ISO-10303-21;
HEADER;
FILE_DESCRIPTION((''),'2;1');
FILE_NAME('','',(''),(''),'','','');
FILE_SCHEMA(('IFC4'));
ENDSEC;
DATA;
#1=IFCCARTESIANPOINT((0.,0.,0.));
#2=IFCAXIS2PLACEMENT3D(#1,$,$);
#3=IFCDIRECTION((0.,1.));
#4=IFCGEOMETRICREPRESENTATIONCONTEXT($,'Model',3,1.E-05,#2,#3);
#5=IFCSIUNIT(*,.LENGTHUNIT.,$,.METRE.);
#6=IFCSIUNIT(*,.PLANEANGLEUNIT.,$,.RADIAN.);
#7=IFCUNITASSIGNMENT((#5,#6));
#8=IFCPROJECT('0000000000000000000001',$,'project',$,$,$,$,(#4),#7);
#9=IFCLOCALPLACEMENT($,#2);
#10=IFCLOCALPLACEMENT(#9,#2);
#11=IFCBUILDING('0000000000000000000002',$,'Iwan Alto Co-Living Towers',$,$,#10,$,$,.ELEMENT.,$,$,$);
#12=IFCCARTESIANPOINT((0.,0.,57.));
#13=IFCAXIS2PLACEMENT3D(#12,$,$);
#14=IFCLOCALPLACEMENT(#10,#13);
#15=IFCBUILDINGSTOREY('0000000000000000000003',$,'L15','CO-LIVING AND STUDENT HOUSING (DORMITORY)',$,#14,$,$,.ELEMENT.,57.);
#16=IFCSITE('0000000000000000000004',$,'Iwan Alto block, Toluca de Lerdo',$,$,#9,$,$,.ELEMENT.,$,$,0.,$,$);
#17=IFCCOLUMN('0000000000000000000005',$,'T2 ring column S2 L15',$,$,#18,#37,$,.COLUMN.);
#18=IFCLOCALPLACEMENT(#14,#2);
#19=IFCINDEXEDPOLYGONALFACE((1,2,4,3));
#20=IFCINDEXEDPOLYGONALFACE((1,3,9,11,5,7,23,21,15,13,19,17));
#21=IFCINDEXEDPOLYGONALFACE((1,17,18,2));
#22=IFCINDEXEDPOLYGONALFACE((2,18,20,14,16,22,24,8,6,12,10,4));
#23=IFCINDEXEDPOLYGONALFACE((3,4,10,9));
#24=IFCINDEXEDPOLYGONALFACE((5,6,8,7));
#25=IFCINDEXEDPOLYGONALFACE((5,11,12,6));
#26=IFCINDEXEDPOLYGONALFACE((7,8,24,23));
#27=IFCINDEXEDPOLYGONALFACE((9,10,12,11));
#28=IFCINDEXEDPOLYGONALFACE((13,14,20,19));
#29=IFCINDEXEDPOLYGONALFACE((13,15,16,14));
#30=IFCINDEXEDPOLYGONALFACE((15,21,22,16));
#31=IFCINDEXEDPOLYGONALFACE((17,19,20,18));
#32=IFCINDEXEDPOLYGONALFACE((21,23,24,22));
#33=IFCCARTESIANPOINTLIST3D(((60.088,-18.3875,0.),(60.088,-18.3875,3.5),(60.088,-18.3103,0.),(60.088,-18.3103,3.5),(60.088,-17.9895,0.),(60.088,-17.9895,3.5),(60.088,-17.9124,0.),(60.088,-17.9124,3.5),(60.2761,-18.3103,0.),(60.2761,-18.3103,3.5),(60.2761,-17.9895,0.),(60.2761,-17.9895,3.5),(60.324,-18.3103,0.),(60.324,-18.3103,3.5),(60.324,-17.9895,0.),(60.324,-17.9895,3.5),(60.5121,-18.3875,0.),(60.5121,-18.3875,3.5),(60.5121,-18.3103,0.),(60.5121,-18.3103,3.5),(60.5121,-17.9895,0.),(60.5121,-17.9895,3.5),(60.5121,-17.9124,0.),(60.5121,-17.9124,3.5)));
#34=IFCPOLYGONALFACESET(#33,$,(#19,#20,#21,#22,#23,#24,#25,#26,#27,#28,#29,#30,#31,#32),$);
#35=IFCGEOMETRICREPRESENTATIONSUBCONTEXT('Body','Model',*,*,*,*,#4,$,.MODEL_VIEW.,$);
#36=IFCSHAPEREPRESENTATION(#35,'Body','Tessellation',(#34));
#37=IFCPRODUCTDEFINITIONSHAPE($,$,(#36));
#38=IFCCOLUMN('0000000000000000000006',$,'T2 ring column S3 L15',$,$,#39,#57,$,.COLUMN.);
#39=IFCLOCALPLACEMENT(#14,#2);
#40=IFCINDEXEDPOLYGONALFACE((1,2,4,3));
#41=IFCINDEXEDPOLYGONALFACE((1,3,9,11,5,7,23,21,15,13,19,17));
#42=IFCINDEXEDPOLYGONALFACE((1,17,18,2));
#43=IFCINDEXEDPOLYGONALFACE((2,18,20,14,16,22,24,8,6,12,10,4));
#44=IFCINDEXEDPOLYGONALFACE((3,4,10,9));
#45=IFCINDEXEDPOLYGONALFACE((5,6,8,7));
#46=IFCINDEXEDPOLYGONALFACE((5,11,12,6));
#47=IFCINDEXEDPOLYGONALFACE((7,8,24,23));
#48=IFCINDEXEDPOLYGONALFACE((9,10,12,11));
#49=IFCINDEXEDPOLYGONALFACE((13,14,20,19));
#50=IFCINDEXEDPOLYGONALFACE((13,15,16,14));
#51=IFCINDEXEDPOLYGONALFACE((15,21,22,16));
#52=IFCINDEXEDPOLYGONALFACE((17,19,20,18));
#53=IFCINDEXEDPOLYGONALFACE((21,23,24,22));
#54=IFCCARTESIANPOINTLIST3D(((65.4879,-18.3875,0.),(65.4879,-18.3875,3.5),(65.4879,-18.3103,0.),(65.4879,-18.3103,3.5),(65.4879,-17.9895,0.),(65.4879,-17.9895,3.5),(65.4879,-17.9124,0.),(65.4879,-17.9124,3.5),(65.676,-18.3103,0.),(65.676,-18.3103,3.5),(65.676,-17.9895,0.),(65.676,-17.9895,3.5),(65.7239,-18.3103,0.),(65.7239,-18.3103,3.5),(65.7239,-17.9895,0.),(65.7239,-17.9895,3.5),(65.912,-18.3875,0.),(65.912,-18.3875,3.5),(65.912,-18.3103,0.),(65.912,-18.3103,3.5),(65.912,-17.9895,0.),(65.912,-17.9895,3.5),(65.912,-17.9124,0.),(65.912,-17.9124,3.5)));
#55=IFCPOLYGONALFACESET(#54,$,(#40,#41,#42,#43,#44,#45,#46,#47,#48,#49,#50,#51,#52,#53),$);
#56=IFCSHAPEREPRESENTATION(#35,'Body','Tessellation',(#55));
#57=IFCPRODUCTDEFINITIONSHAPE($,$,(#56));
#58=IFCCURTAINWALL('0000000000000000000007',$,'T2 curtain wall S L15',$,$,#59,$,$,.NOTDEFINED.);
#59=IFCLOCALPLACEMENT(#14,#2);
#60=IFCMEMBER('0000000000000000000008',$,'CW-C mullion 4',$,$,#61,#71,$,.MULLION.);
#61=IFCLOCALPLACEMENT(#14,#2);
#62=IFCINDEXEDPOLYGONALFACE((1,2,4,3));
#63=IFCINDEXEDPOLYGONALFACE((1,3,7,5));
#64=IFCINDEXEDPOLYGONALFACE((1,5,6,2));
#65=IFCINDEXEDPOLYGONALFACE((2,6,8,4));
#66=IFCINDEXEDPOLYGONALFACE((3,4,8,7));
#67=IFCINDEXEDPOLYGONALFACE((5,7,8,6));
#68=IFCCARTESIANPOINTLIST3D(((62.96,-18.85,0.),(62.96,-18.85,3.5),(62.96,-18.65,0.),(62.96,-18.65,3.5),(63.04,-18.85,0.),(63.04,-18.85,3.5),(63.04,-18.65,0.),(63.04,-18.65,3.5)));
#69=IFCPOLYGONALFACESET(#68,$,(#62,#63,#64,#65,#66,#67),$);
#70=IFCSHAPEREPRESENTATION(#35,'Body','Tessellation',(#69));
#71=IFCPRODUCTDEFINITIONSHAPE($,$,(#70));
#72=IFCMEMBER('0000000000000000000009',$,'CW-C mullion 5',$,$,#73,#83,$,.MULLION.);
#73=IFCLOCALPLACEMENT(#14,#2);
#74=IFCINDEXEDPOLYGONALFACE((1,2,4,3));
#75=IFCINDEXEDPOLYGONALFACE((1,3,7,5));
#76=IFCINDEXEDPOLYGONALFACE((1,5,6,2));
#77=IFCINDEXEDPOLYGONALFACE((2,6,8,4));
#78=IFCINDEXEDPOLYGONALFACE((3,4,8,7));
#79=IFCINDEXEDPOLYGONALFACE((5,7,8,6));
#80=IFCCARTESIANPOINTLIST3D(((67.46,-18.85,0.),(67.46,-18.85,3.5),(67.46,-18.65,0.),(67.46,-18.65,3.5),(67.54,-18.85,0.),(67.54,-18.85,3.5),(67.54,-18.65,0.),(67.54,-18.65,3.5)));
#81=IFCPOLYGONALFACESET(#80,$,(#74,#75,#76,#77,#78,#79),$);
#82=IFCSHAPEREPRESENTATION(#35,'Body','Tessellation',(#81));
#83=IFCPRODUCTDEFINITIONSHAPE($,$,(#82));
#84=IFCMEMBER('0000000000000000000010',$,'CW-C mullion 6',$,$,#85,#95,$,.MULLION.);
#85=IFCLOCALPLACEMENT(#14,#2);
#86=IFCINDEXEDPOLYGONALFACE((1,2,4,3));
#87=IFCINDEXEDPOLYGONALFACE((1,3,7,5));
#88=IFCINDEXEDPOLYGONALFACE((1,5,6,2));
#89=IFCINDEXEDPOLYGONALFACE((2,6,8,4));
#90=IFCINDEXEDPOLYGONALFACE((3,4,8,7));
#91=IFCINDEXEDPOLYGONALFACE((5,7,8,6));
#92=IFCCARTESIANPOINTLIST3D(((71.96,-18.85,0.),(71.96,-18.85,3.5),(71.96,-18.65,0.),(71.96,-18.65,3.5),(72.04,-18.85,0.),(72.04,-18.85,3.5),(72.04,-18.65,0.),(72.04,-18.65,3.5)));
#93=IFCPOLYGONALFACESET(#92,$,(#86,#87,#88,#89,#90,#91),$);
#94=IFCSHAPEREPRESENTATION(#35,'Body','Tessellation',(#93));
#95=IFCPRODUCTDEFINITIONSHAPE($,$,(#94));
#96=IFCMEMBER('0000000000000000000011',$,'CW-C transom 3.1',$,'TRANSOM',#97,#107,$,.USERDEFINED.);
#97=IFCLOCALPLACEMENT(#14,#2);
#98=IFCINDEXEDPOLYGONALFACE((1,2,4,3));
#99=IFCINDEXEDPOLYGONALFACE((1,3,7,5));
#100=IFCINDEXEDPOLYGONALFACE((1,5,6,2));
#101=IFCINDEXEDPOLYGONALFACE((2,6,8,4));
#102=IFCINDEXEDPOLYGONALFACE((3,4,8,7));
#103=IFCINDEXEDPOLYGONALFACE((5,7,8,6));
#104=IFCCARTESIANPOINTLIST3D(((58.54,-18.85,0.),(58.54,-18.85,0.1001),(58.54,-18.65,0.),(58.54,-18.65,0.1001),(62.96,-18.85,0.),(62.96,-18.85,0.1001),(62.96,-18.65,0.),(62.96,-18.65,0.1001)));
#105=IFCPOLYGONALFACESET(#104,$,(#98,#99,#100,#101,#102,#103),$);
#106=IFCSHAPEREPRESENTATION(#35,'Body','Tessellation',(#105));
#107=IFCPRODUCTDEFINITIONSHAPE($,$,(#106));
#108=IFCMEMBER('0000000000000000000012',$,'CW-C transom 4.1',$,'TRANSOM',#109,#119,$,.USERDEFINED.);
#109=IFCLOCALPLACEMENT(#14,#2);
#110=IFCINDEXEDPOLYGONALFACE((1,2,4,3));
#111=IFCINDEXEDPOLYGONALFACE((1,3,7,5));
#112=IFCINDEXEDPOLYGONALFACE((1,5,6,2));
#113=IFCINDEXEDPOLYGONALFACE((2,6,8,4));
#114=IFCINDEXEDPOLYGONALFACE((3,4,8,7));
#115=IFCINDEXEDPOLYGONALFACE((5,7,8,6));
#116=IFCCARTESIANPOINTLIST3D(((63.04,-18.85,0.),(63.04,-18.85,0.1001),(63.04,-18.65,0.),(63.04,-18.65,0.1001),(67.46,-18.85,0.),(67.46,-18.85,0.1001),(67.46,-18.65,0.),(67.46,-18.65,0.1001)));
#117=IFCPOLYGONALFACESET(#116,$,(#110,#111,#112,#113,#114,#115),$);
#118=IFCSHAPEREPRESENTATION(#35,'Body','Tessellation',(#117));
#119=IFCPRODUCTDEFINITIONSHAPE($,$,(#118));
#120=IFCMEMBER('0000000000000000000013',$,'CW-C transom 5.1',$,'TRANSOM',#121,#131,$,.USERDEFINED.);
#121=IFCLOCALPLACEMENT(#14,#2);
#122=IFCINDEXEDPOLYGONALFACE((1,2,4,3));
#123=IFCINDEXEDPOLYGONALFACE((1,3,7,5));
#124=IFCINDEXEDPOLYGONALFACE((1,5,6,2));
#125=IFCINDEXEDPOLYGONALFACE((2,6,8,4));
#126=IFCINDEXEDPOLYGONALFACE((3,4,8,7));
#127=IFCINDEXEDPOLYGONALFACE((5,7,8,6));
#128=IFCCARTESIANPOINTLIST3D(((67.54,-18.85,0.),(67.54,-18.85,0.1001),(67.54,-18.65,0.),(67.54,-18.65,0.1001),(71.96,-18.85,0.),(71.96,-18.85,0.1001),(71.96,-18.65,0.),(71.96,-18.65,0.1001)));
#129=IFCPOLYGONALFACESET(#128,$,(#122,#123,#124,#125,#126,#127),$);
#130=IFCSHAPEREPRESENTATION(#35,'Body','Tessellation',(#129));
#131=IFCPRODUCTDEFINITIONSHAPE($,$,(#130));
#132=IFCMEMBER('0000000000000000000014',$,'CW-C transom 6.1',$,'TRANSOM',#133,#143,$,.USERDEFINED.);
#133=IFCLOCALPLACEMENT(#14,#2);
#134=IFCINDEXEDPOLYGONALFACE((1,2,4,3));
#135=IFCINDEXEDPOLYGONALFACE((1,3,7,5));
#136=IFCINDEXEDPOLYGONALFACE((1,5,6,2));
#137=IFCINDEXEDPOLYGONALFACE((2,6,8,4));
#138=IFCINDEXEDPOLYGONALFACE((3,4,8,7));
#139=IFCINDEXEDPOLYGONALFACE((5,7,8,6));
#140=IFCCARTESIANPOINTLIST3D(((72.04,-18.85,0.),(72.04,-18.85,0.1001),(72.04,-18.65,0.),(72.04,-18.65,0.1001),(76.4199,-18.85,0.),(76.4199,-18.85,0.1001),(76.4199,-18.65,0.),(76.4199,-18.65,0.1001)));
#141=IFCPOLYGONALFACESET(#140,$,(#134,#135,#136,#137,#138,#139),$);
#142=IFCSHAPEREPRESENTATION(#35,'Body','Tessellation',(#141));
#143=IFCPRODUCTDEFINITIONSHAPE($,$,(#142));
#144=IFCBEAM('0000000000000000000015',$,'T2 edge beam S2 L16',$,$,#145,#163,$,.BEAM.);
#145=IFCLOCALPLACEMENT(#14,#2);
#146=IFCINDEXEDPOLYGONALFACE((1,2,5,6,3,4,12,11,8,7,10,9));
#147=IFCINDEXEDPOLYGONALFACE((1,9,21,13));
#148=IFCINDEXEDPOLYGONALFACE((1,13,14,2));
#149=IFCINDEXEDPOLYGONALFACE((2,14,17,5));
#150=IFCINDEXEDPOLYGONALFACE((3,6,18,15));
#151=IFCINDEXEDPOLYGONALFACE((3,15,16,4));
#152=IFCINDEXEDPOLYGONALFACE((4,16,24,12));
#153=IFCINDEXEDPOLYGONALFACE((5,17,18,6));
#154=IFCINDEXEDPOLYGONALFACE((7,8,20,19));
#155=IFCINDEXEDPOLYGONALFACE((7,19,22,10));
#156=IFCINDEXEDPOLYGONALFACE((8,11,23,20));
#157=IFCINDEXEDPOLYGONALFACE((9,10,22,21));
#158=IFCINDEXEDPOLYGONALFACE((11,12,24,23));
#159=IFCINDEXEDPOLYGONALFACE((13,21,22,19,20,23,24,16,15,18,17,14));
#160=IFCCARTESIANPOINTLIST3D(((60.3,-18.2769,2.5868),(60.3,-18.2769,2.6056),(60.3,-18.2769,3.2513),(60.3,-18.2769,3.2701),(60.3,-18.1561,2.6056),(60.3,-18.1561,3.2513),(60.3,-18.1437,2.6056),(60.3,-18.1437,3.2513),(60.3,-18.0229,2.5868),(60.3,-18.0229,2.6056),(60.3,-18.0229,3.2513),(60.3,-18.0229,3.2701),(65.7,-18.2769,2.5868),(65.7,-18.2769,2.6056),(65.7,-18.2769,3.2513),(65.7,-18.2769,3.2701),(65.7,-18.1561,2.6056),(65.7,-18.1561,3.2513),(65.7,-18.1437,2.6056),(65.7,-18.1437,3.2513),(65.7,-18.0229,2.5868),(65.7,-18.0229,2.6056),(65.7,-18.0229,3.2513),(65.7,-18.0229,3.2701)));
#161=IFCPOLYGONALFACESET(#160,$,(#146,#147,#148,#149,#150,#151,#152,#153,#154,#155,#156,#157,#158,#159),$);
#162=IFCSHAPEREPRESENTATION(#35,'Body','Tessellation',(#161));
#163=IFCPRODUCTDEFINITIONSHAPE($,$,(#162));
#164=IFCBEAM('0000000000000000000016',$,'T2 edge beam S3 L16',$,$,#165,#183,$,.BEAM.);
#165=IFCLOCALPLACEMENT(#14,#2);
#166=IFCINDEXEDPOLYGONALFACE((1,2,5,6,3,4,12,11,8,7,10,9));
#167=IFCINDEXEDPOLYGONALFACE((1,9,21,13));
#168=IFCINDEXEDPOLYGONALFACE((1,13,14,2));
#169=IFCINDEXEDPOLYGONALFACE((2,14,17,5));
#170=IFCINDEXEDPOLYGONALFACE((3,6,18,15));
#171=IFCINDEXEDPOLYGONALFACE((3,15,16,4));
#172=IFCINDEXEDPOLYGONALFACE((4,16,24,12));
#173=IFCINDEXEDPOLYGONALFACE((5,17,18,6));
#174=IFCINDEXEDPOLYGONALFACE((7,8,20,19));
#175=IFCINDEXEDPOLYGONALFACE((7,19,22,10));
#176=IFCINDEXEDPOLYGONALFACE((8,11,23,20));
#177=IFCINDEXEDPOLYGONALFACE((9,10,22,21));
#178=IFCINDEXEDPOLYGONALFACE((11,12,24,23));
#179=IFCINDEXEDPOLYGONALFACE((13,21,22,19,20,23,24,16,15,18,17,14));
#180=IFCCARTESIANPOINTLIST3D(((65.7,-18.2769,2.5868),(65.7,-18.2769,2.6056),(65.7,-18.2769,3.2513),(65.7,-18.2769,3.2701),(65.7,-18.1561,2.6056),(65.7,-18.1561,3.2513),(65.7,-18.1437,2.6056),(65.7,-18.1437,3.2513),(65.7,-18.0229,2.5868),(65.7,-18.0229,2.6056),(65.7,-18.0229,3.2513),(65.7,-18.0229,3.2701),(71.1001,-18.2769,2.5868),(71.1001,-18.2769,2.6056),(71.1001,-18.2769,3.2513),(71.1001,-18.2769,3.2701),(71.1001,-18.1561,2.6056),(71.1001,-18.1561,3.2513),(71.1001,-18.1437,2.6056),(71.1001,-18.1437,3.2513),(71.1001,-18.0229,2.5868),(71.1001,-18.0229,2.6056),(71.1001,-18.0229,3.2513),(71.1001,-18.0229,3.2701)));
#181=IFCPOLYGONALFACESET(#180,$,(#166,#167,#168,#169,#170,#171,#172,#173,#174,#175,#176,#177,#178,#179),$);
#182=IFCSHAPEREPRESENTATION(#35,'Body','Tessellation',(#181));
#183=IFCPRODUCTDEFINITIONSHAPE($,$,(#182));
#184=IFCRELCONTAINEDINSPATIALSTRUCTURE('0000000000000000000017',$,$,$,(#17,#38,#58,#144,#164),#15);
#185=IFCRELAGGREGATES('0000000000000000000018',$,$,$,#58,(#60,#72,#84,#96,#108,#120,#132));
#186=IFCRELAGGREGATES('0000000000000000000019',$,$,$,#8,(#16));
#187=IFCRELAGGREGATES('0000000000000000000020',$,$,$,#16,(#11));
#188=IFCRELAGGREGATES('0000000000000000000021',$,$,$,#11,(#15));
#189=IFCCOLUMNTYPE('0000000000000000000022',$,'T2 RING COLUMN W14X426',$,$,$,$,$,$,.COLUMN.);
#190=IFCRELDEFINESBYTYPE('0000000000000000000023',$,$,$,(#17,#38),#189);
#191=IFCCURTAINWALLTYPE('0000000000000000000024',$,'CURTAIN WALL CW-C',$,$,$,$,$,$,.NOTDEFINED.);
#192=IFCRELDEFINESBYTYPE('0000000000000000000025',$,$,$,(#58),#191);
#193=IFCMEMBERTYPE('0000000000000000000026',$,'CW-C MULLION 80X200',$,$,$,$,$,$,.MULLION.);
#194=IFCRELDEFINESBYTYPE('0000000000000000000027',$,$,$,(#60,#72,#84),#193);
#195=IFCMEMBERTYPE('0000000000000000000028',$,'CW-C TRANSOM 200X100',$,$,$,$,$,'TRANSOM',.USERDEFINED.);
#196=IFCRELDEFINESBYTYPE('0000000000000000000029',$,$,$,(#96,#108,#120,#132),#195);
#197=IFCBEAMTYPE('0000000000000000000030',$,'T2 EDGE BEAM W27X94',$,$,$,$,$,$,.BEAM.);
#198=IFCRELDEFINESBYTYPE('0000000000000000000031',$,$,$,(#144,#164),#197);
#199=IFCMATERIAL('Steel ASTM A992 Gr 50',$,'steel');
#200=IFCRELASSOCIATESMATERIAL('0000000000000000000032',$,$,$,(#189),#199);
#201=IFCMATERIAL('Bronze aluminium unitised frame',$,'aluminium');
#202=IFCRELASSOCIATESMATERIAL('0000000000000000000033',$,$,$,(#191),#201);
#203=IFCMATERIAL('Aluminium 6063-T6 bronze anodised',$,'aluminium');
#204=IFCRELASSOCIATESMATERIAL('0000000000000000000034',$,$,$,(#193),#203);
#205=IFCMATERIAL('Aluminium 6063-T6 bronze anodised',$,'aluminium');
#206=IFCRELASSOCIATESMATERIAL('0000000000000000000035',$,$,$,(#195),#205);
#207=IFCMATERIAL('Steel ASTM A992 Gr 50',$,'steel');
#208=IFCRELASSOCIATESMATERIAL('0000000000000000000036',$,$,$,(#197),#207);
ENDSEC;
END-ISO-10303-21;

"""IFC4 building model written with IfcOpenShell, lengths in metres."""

from ifc_helpers import new_model, si_unit, direction, frame, origin, origin_2d, place, context, subcontext, project, spatial, rectangle, i_section, extrude, material, material_profile, profile_set, type_object, element, aggregate, save


model = new_model("IFC4")

# Units and contexts
model_context = context("Model", 3, precision=1e-05, world=origin(), true_north=direction((0.0, 1.0)))
body_context = subcontext(model_context, "Body", "Model", "MODEL_VIEW")
ifc_project = project(units=[si_unit("LENGTHUNIT", "METRE"), si_unit("PLANEANGLEUNIT", "RADIAN")], contexts=[model_context])

# Site, building, storey
site_placement = place(None, origin())
site = spatial("IfcSite", under=ifc_project, at=site_placement, Name="Iwan Alto block, Toluca de Lerdo", CompositionType="ELEMENT", RefElevation=0.0)
building_placement = place(site_placement, origin())
building = spatial("IfcBuilding", under=site, at=building_placement, Name="Iwan Alto Co-Living Towers", CompositionType="ELEMENT")
storey_placement = place(building_placement, frame((0.0, 0.0, 57.0)))
storey = spatial("IfcBuildingStorey", under=building, at=storey_placement, Name="L15", Description="CO-LIVING AND STUDENT HOUSING (DORMITORY)", CompositionType="ELEMENT", Elevation=57.0)

# Columns
ifc_material_1 = material(Name="Steel ASTM A992 Gr 50", Category="steel")
ifc_material_profile_1 = material_profile(ifc_material_1, i_section(OverallWidth=0.4241, OverallDepth=0.4751, WebThickness=0.0479, FlangeThickness=0.0771, at=origin_2d()), Name="W14X426")
ifc_profile_set_1 = profile_set([ifc_material_profile_1], Name="Steel ASTM A992 Gr 50")
column_type = type_object("IfcColumnType", Name="T2 RING COLUMN W14X426", PredefinedType="COLUMN", material=ifc_profile_set_1)
for number, where, z_axis, x_axis, name in (
    (1, (60.3, -18.1499, 0.0), (0.0, 0.0, 1.0), (1.0, 0.0, 0.0), "T2 ring column S2 L15"),
    (2, (65.7, -18.1499, 0.0), (0.0, 0.0, 1.0), (1.0, 0.0, 0.0), "T2 ring column S3 L15"),
):
    element("IfcColumn", number, at=place(storey_placement, frame(where, z_axis=z_axis, x_axis=x_axis)), inside=storey, type_object=column_type, Name=name, PredefinedType="COLUMN", context=body_context, shape_type="SweptSolid", body=[
        extrude(i_section(OverallWidth=0.4241, OverallDepth=0.4751, WebThickness=0.0479, FlangeThickness=0.0771, at=origin_2d()), origin(), (0.0, 0.0, 1.0), 3.5),
    ])

# Curtain wall, members
ifc_material_2 = material(Name="Bronze aluminium unitised frame", Category="aluminium")
curtain_wall_type = type_object("IfcCurtainWallType", Name="CURTAIN WALL CW-C", PredefinedType="NOTDEFINED", material=ifc_material_2)
curtain_wall_placement = place(storey_placement, origin())
curtain_wall = element("IfcCurtainWall", 3, at=curtain_wall_placement, inside=storey, type_object=curtain_wall_type, Name="T2 curtain wall S L15", PredefinedType="NOTDEFINED")
ifc_material_3 = material(Name="Aluminium 6063-T6 bronze anodised", Category="aluminium")
ifc_material_profile_2 = material_profile(ifc_material_3, rectangle(XDim=0.2, YDim=0.0801, at=origin_2d()), Name="AL 80X200")
ifc_profile_set_2 = profile_set([ifc_material_profile_2], Name="Aluminium 6063-T6 bronze anodised")
member_type_1 = type_object("IfcMemberType", Name="CW-C MULLION 80X200", PredefinedType="MULLION", material=ifc_profile_set_2)
member_1_placement = place(storey_placement, frame((63.0, -18.75, 0.0), z_axis=(0.0, 0.0, 1.0), x_axis=(0.0, 1.0, 0.0)))
member_1 = element("IfcMember", 4, at=member_1_placement, type_object=member_type_1, Name="CW-C mullion 4", PredefinedType="MULLION", context=body_context, shape_type="SweptSolid", body=[
    extrude(rectangle(XDim=0.2, YDim=0.0801, at=origin_2d()), origin(), (0.0, 0.0, 1.0), 3.5),
])
member_2_placement = place(storey_placement, frame((67.5, -18.75, 0.0), z_axis=(0.0, 0.0, 1.0), x_axis=(0.0, 1.0, 0.0)))
member_2 = element("IfcMember", 5, at=member_2_placement, type_object=member_type_1, Name="CW-C mullion 5", PredefinedType="MULLION", context=body_context, shape_type="SweptSolid", body=[
    extrude(rectangle(XDim=0.2, YDim=0.0801, at=origin_2d()), origin(), (0.0, 0.0, 1.0), 3.5),
])
member_3_placement = place(storey_placement, frame((72.0, -18.75, 0.0), z_axis=(0.0, 0.0, 1.0), x_axis=(0.0, 1.0, 0.0)))
member_3 = element("IfcMember", 6, at=member_3_placement, type_object=member_type_1, Name="CW-C mullion 6", PredefinedType="MULLION", context=body_context, shape_type="SweptSolid", body=[
    extrude(rectangle(XDim=0.2, YDim=0.0801, at=origin_2d()), origin(), (0.0, 0.0, 1.0), 3.5),
])
ifc_material_4 = material(Name="Aluminium 6063-T6 bronze anodised", Category="aluminium")
ifc_material_profile_3 = material_profile(ifc_material_4, rectangle(XDim=0.2, YDim=0.1001, at=origin_2d()), Name="AL 200X100")
ifc_profile_set_3 = profile_set([ifc_material_profile_3], Name="Aluminium 6063-T6 bronze anodised")
member_type_2 = type_object("IfcMemberType", Name="CW-C TRANSOM 200X100", ElementType="TRANSOM", PredefinedType="USERDEFINED", material=ifc_profile_set_3)
member_4_placement = place(storey_placement, frame((58.54, -18.75, 0.05), z_axis=(1.0, 0.0, 0.0), x_axis=(0.0, 1.0, 0.0)))
member_4 = element("IfcMember", 7, at=member_4_placement, type_object=member_type_2, Name="CW-C transom 3.1", ObjectType="TRANSOM", PredefinedType="USERDEFINED", context=body_context, shape_type="SweptSolid", body=[
    extrude(rectangle(XDim=0.2, YDim=0.1001, at=origin_2d()), origin(), (0.0, 0.0, 1.0), 4.4199),
])
member_5_placement = place(storey_placement, frame((63.04, -18.75, 0.05), z_axis=(1.0, 0.0, 0.0), x_axis=(0.0, 1.0, 0.0)))
member_5 = element("IfcMember", 8, at=member_5_placement, type_object=member_type_2, Name="CW-C transom 4.1", ObjectType="TRANSOM", PredefinedType="USERDEFINED", context=body_context, shape_type="SweptSolid", body=[
    extrude(rectangle(XDim=0.2, YDim=0.1001, at=origin_2d()), origin(), (0.0, 0.0, 1.0), 4.4199),
])
member_6_placement = place(storey_placement, frame((67.54, -18.75, 0.05), z_axis=(1.0, 0.0, 0.0), x_axis=(0.0, 1.0, 0.0)))
member_6 = element("IfcMember", 9, at=member_6_placement, type_object=member_type_2, Name="CW-C transom 5.1", ObjectType="TRANSOM", PredefinedType="USERDEFINED", context=body_context, shape_type="SweptSolid", body=[
    extrude(rectangle(XDim=0.2, YDim=0.1001, at=origin_2d()), origin(), (0.0, 0.0, 1.0), 4.4199),
])
member_7_placement = place(storey_placement, frame((72.04, -18.75, 0.05), z_axis=(1.0, 0.0, 0.0), x_axis=(0.0, 1.0, 0.0)))
member_7 = element("IfcMember", 10, at=member_7_placement, type_object=member_type_2, Name="CW-C transom 6.1", ObjectType="TRANSOM", PredefinedType="USERDEFINED", context=body_context, shape_type="SweptSolid", body=[
    extrude(rectangle(XDim=0.2, YDim=0.1001, at=origin_2d()), origin(), (0.0, 0.0, 1.0), 4.3799),
])

# Beams
ifc_material_5 = material(Name="Steel ASTM A992 Gr 50", Category="steel")
ifc_material_profile_4 = material_profile(ifc_material_5, i_section(OverallWidth=0.2539, OverallDepth=0.6833, WebThickness=0.0125, FlangeThickness=0.0188, at=origin_2d()), Name="W27X94")
ifc_profile_set_4 = profile_set([ifc_material_profile_4], Name="Steel ASTM A992 Gr 50")
beam_type_1 = type_object("IfcBeamType", Name="T2 EDGE BEAM W27X94", PredefinedType="BEAM", material=ifc_profile_set_4)
beam_1_placement = place(storey_placement, frame((60.3, -18.1499, 2.9285), z_axis=(1.0, 0.0, 0.0), x_axis=(0.0, 1.0, 0.0)))
element("IfcBeam", 11, at=beam_1_placement, inside=storey, type_object=beam_type_1, Name="T2 edge beam S2 L16", PredefinedType="BEAM", context=body_context, shape_type="SweptSolid", body=[
    extrude(i_section(OverallWidth=0.2539, OverallDepth=0.6833, WebThickness=0.0125, FlangeThickness=0.0188, at=origin_2d()), origin(), (0.0, 0.0, 1.0), 5.3999),
])
beam_2_placement = place(storey_placement, frame((65.7, -18.1499, 2.9285), z_axis=(1.0, 0.0, 0.0), x_axis=(0.0, 1.0, 0.0)))
element("IfcBeam", 12, at=beam_2_placement, inside=storey, type_object=beam_type_1, Name="T2 edge beam S3 L16", PredefinedType="BEAM", context=body_context, shape_type="SweptSolid", body=[
    extrude(i_section(OverallWidth=0.2539, OverallDepth=0.6833, WebThickness=0.0125, FlangeThickness=0.0188, at=origin_2d()), origin(), (0.0, 0.0, 1.0), 5.4001),
])

aggregate(curtain_wall, [member_1, member_2, member_3, member_4, member_5, member_6, member_7])

save(model, "model.ifc")
